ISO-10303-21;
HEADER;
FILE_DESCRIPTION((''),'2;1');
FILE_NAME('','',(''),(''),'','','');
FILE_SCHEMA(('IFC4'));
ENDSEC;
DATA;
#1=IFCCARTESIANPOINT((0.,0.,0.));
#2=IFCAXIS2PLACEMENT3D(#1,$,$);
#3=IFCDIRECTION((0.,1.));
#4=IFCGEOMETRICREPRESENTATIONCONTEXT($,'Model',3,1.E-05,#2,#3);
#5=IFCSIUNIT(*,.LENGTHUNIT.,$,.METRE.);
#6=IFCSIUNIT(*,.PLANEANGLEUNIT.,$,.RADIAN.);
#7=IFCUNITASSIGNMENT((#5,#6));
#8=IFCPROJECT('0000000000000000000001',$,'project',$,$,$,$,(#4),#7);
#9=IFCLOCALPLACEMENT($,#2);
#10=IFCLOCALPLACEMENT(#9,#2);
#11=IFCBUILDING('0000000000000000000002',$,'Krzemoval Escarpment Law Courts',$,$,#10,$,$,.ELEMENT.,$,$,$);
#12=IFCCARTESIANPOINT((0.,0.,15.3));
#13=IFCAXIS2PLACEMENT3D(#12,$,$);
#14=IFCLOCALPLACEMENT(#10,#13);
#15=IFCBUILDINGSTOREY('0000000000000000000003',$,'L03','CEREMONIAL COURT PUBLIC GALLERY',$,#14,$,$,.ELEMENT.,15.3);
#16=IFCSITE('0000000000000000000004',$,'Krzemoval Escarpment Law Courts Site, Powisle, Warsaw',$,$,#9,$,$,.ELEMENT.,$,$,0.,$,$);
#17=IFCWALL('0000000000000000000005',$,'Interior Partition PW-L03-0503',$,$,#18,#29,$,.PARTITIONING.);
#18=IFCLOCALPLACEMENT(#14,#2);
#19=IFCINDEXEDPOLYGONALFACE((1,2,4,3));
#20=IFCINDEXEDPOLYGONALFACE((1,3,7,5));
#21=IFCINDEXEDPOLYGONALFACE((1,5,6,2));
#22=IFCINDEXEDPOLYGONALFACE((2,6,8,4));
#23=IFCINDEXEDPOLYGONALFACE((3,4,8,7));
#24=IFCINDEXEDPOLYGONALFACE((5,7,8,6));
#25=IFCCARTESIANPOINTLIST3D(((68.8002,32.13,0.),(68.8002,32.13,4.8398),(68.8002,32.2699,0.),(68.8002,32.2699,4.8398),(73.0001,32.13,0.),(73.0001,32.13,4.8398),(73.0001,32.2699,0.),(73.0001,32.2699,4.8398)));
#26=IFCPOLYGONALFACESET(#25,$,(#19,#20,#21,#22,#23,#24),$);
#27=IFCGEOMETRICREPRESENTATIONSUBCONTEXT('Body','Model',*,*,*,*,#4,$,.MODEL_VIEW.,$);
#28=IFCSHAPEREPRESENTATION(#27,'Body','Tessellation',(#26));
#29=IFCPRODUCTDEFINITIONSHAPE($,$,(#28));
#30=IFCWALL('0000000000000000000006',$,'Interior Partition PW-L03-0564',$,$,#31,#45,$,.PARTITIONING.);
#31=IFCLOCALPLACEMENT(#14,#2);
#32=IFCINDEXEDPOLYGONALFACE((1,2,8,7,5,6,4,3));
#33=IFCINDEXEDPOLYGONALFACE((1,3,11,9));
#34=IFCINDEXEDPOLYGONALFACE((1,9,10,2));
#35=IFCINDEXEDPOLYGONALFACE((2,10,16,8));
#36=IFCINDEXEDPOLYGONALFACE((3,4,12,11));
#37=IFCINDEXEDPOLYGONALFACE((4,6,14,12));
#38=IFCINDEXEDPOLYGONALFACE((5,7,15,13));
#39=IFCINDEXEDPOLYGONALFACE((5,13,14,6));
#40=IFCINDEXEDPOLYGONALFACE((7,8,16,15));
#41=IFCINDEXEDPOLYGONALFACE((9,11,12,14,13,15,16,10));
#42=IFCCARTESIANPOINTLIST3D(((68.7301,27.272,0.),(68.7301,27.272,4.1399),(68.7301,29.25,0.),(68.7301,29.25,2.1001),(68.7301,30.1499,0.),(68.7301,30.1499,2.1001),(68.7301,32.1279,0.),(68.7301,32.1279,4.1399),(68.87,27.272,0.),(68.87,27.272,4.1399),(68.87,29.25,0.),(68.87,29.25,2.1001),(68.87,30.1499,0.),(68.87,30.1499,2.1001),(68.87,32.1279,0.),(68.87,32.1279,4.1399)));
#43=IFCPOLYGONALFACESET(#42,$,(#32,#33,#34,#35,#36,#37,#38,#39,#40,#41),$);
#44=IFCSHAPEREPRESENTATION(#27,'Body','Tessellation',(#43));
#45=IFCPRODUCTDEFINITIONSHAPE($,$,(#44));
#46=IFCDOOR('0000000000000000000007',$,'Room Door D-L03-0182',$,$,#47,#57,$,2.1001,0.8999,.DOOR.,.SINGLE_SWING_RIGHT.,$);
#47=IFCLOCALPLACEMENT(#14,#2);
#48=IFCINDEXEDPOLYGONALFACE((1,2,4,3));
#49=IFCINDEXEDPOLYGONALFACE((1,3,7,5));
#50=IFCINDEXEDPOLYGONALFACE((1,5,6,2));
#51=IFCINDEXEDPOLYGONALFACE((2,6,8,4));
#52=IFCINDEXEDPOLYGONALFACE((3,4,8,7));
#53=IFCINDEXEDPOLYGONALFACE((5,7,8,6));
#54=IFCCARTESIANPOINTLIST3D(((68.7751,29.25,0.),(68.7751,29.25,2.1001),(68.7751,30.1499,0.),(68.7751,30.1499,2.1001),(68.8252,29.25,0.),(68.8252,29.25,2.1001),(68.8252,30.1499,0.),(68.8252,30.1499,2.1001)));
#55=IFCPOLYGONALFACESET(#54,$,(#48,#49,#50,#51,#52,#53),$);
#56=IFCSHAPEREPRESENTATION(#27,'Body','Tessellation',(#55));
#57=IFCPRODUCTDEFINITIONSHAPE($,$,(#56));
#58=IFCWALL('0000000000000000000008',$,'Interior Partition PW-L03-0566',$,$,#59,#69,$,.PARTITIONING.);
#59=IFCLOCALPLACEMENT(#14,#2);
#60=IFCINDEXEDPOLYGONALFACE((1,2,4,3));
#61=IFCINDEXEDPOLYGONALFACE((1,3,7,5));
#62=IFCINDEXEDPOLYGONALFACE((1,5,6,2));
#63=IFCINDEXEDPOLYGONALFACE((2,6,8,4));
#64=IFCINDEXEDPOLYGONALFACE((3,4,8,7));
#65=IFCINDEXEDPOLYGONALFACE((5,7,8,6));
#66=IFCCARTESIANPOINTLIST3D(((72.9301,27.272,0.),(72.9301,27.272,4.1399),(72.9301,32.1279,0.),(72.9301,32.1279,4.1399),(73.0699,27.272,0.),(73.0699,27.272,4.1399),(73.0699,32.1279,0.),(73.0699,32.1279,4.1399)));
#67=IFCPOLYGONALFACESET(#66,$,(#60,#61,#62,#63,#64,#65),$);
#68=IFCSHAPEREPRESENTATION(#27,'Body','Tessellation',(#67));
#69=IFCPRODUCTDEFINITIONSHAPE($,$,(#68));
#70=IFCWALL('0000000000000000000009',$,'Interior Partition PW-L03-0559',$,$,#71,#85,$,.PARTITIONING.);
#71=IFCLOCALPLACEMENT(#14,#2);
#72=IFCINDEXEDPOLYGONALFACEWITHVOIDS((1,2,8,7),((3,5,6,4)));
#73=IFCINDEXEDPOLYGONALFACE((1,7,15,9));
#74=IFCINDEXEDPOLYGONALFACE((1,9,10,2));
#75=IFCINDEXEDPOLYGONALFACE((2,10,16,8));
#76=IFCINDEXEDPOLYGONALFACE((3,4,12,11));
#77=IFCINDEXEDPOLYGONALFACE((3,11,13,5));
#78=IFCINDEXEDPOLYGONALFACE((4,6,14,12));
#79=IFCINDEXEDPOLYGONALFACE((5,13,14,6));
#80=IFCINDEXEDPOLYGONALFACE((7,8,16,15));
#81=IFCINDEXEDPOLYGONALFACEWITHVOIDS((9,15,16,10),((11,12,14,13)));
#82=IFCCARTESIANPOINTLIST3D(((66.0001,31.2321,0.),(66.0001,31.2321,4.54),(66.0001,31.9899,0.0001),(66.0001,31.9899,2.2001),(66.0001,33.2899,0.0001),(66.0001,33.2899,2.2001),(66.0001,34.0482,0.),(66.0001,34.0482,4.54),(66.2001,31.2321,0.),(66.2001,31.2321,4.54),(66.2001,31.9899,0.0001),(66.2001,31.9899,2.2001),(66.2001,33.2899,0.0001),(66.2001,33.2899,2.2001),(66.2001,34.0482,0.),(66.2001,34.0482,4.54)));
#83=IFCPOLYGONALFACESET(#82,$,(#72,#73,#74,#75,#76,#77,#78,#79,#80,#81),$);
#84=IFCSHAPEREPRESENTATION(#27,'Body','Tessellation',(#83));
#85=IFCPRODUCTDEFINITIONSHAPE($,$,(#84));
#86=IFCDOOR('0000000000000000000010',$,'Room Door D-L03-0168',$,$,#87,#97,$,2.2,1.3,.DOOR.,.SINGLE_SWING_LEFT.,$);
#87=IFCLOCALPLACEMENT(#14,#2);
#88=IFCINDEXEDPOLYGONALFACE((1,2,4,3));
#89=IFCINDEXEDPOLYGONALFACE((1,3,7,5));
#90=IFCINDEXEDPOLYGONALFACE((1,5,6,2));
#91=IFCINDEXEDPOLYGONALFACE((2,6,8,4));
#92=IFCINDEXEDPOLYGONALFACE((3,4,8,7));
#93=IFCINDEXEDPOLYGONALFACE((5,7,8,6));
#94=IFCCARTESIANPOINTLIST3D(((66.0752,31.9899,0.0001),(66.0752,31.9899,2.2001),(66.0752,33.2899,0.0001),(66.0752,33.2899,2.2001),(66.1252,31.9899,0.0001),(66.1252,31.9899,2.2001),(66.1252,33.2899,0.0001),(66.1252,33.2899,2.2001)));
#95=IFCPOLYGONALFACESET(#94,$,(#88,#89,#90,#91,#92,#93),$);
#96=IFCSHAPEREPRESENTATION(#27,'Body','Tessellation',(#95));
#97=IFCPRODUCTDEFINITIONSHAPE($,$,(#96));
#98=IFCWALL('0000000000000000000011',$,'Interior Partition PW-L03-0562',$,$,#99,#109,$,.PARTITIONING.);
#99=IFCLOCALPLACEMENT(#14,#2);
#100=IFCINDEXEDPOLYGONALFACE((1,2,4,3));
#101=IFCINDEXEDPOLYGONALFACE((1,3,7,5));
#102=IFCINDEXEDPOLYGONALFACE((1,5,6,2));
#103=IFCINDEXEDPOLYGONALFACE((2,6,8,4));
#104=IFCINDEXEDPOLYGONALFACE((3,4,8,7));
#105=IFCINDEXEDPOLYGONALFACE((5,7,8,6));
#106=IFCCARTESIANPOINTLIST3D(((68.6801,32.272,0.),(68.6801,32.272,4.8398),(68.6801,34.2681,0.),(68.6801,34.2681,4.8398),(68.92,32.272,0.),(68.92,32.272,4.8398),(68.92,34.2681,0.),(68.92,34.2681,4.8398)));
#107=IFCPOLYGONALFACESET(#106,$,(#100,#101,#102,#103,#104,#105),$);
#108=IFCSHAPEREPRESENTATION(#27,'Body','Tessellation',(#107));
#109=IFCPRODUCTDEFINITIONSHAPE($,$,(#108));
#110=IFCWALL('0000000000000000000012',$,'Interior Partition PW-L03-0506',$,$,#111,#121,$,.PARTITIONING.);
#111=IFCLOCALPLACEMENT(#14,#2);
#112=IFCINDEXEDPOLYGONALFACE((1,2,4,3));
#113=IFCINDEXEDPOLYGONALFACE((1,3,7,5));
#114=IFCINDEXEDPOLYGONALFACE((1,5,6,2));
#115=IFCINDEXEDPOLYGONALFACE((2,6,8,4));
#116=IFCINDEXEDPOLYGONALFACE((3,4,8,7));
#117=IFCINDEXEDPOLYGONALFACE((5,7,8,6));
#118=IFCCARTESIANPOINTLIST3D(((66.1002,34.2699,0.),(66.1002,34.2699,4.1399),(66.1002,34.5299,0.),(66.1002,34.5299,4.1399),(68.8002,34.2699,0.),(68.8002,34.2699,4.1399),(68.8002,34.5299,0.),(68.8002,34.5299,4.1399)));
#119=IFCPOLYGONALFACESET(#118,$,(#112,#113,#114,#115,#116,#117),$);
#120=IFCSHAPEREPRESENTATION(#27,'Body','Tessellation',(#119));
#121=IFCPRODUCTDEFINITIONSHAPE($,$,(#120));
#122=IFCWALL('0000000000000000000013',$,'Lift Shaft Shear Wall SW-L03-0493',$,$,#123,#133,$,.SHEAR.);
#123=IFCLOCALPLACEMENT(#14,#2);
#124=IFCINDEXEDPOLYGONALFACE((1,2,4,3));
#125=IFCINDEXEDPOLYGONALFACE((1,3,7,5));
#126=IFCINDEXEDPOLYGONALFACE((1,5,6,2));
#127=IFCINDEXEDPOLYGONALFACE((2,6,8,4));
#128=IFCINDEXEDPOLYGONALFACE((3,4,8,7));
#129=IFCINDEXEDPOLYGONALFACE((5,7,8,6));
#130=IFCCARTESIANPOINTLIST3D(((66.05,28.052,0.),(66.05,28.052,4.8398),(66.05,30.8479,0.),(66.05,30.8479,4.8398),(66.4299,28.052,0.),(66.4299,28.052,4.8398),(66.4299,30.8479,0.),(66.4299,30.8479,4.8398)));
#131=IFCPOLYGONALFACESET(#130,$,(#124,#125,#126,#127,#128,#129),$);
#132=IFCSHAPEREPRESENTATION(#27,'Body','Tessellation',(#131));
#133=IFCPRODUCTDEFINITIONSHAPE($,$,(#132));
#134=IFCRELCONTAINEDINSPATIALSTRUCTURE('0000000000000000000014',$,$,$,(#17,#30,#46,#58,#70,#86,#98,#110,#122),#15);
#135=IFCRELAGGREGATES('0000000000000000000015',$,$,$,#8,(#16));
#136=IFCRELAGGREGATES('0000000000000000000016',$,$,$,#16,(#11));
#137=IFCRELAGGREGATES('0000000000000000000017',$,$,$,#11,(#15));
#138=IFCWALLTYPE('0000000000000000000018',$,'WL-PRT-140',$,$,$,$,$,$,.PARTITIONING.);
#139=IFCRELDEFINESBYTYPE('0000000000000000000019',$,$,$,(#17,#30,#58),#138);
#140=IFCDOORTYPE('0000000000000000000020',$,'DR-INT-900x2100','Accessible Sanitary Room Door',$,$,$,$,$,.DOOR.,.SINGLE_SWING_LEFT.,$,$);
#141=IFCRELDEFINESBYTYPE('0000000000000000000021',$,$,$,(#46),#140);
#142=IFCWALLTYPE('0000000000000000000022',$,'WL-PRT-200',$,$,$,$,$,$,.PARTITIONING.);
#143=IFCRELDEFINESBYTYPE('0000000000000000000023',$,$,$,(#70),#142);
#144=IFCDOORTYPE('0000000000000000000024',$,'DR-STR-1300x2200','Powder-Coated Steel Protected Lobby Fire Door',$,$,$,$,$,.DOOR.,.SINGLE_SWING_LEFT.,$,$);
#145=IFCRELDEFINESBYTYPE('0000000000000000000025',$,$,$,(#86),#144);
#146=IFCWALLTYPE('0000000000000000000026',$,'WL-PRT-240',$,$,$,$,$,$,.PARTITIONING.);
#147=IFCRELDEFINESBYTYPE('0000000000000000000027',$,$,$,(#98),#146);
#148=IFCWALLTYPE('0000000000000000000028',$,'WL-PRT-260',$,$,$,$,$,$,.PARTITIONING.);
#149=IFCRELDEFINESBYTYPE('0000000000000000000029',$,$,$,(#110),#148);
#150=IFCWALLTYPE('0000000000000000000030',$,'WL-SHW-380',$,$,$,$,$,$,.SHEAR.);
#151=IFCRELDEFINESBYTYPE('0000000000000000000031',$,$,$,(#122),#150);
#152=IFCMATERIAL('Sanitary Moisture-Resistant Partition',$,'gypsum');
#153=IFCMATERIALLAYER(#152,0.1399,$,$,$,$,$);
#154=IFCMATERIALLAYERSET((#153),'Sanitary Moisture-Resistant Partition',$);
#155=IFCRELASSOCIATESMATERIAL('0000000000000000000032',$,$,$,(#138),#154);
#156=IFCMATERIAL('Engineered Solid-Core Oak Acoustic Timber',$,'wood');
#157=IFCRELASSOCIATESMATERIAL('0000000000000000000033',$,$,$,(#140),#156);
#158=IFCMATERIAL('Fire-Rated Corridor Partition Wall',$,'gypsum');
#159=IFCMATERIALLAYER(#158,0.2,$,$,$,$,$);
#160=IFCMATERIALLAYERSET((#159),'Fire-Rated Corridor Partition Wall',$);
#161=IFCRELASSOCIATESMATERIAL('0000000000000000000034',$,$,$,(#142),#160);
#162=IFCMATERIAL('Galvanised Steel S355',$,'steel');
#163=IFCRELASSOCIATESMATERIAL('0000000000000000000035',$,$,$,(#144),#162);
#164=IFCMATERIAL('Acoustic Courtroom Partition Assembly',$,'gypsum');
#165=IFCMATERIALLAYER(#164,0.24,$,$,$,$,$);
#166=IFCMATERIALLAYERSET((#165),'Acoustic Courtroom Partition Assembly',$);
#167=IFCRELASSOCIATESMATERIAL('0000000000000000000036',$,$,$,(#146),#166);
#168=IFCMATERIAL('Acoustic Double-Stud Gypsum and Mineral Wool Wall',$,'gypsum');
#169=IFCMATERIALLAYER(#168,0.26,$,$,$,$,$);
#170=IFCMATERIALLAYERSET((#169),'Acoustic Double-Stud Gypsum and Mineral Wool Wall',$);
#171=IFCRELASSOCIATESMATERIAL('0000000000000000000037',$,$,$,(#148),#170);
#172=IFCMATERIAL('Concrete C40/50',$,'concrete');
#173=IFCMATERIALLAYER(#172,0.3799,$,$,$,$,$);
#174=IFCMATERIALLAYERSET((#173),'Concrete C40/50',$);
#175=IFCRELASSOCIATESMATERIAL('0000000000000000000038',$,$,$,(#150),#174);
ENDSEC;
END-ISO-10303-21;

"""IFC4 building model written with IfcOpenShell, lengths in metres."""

from ifc_helpers import new_model, si_unit, direction, frame, frame_2d, origin, place, context, subcontext, project, spatial, rectangle, extrude, material, layer, layer_set, type_object, element, fill, save


model = new_model("IFC4")

# Units and contexts
model_context = context("Model", 3, precision=1e-05, world=origin(), true_north=direction((0.0, 1.0)))
body_context = subcontext(model_context, "Body", "Model", "MODEL_VIEW")
ifc_project = project(units=[si_unit("LENGTHUNIT", "METRE"), si_unit("PLANEANGLEUNIT", "RADIAN")], contexts=[model_context])

# Site, building, storey
site_placement = place(None, origin())
site = spatial("IfcSite", under=ifc_project, at=site_placement, Name="Krzemoval Escarpment Law Courts Site, Powisle, Warsaw", CompositionType="ELEMENT", RefElevation=0.0)
building_placement = place(site_placement, origin())
building = spatial("IfcBuilding", under=site, at=building_placement, Name="Krzemoval Escarpment Law Courts", CompositionType="ELEMENT")
storey_placement = place(building_placement, frame((0.0, 0.0, 15.3)))
storey = spatial("IfcBuildingStorey", under=building, at=storey_placement, Name="L03", Description="CEREMONIAL COURT PUBLIC GALLERY", CompositionType="ELEMENT", Elevation=15.3)

# Wall
ifc_material_1 = material(Name="Sanitary Moisture-Resistant Partition", Category="gypsum")
ifc_layer_1 = layer(ifc_material_1, 0.1399)
ifc_layer_set_1 = layer_set([ifc_layer_1], Name="Sanitary Moisture-Resistant Partition")
wall_type_1 = type_object("IfcWallType", Name="WL-PRT-140", PredefinedType="PARTITIONING", material=ifc_layer_set_1)
wall_1_placement = place(storey_placement, frame((68.8, 32.2, 0.0), z_axis=(0.0, 0.0, 1.0), x_axis=(1.0, 0.0, 0.0)))
element("IfcWall", 1, at=wall_1_placement, inside=storey, type_object=wall_type_1, Name="Interior Partition PW-L03-0503", PredefinedType="PARTITIONING", context=body_context, shape_type="SweptSolid", body=[
    extrude(rectangle(XDim=4.2, YDim=0.1399, at=frame_2d((2.1001, 0.0))), origin(), (0.0, 0.0, 1.0), 4.8398),
])

# Wall, opening, door
wall_2_placement = place(storey_placement, frame((68.8, 27.272, 0.0), z_axis=(0.0, 0.0, 1.0), x_axis=(0.0, 1.0, 0.0)))
wall_2 = element("IfcWall", 2, at=wall_2_placement, inside=storey, type_object=wall_type_1, Name="Interior Partition PW-L03-0564", PredefinedType="PARTITIONING", context=body_context, shape_type="SweptSolid", body=[
    extrude(rectangle(XDim=4.856, YDim=0.1399, at=frame_2d((2.428, 0.0))), origin(), (0.0, 0.0, 1.0), 4.1399),
])
opening_1_placement = place(wall_2_placement, frame((1.978, 0.0, 0.0)))
opening_1 = element("IfcOpeningElement", 3, at=opening_1_placement, cuts=wall_2, PredefinedType="OPENING", context=body_context, shape_type="SweptSolid", body=[
    extrude(rectangle(XDim=0.8999, YDim=2.1001, at=frame_2d((0.45, 1.05))), frame((0.0, 0.0849, 0.0), z_axis=(0.0, -1.0, 0.0), x_axis=(1.0, 0.0, 0.0)), (0.0, 0.0, 1.0), 0.1699),
])
ifc_material_2 = material(Name="Engineered Solid-Core Oak Acoustic Timber", Category="wood")
door_type_1 = type_object("IfcDoorType", Name="DR-INT-900x2100", Description="Accessible Sanitary Room Door", OperationType="SINGLE_SWING_LEFT", PredefinedType="DOOR", material=ifc_material_2)
door_1_placement = place(opening_1_placement, origin())
door_1 = element("IfcDoor", 4, at=door_1_placement, inside=storey, type_object=door_type_1, Name="Room Door D-L03-0182", OperationType="SINGLE_SWING_RIGHT", OverallHeight=2.1001, OverallWidth=0.8999, PredefinedType="DOOR", context=body_context, shape_type="SweptSolid", body=[
    extrude(rectangle(XDim=0.8999, YDim=2.1001, at=frame_2d((0.45, 1.05))), frame((0.0, 0.0249, 0.0), z_axis=(0.0, -1.0, 0.0), x_axis=(1.0, 0.0, 0.0)), (0.0, 0.0, 1.0), 0.05),
])
fill(opening_1, door_1)

# Wall
wall_3_placement = place(storey_placement, frame((73.0, 27.272, 0.0), z_axis=(0.0, 0.0, 1.0), x_axis=(0.0, 1.0, 0.0)))
element("IfcWall", 5, at=wall_3_placement, inside=storey, type_object=wall_type_1, Name="Interior Partition PW-L03-0566", PredefinedType="PARTITIONING", context=body_context, shape_type="SweptSolid", body=[
    extrude(rectangle(XDim=4.856, YDim=0.1399, at=frame_2d((2.428, 0.0))), origin(), (0.0, 0.0, 1.0), 4.1399),
])

# Wall, opening, door
ifc_material_3 = material(Name="Fire-Rated Corridor Partition Wall", Category="gypsum")
ifc_layer_2 = layer(ifc_material_3, 0.2)
ifc_layer_set_2 = layer_set([ifc_layer_2], Name="Fire-Rated Corridor Partition Wall")
wall_type_2 = type_object("IfcWallType", Name="WL-PRT-200", PredefinedType="PARTITIONING", material=ifc_layer_set_2)
wall_4_placement = place(storey_placement, frame((66.1001, 31.2319, 0.0), z_axis=(0.0, 0.0, 1.0), x_axis=(0.0, 1.0, 0.0)))
wall_4 = element("IfcWall", 6, at=wall_4_placement, inside=storey, type_object=wall_type_2, Name="Interior Partition PW-L03-0559", PredefinedType="PARTITIONING", context=body_context, shape_type="SweptSolid", body=[
    extrude(rectangle(XDim=2.8162, YDim=0.2, at=frame_2d((1.4082, 0.0))), origin(), (0.0, 0.0, 1.0), 4.54),
])
opening_2_placement = place(wall_4_placement, frame((0.7581, 0.0, 0.0)))
opening_2 = element("IfcOpeningElement", 7, at=opening_2_placement, cuts=wall_4, PredefinedType="OPENING", context=body_context, shape_type="SweptSolid", body=[
    extrude(rectangle(XDim=1.3, YDim=2.2, at=frame_2d((0.6499, 1.1001))), frame((0.0, 0.115, 0.0), z_axis=(0.0, -1.0, 0.0), x_axis=(1.0, 0.0, 0.0)), (0.0, 0.0, 1.0), 0.2299),
])
ifc_material_4 = material(Name="Galvanised Steel S355", Category="steel")
door_type_2 = type_object("IfcDoorType", Name="DR-STR-1300x2200", Description="Powder-Coated Steel Protected Lobby Fire Door", OperationType="SINGLE_SWING_LEFT", PredefinedType="DOOR", material=ifc_material_4)
door_2_placement = place(opening_2_placement, origin())
door_2 = element("IfcDoor", 8, at=door_2_placement, inside=storey, type_object=door_type_2, Name="Room Door D-L03-0168", OperationType="SINGLE_SWING_LEFT", OverallHeight=2.2, OverallWidth=1.3, PredefinedType="DOOR", context=body_context, shape_type="SweptSolid", body=[
    extrude(rectangle(XDim=1.3, YDim=2.2, at=frame_2d((0.6499, 1.1001))), frame((0.0, 0.0249, 0.0), z_axis=(0.0, -1.0, 0.0), x_axis=(1.0, 0.0, 0.0)), (0.0, 0.0, 1.0), 0.05),
])
fill(opening_2, door_2)

# Walls
ifc_material_5 = material(Name="Acoustic Courtroom Partition Assembly", Category="gypsum")
ifc_layer_3 = layer(ifc_material_5, 0.24)
ifc_layer_set_3 = layer_set([ifc_layer_3], Name="Acoustic Courtroom Partition Assembly")
wall_type_3 = type_object("IfcWallType", Name="WL-PRT-240", PredefinedType="PARTITIONING", material=ifc_layer_set_3)
wall_5_placement = place(storey_placement, frame((68.8, 32.272, 0.0), z_axis=(0.0, 0.0, 1.0), x_axis=(0.0, 1.0, 0.0)))
element("IfcWall", 9, at=wall_5_placement, inside=storey, type_object=wall_type_3, Name="Interior Partition PW-L03-0562", PredefinedType="PARTITIONING", context=body_context, shape_type="SweptSolid", body=[
    extrude(rectangle(XDim=1.9961, YDim=0.24, at=frame_2d((0.998, 0.0))), origin(), (0.0, 0.0, 1.0), 4.8398),
])
ifc_material_6 = material(Name="Acoustic Double-Stud Gypsum and Mineral Wool Wall", Category="gypsum")
ifc_layer_4 = layer(ifc_material_6, 0.26)
ifc_layer_set_4 = layer_set([ifc_layer_4], Name="Acoustic Double-Stud Gypsum and Mineral Wool Wall")
wall_type_4 = type_object("IfcWallType", Name="WL-PRT-260", PredefinedType="PARTITIONING", material=ifc_layer_set_4)
wall_6_placement = place(storey_placement, frame((66.1001, 34.3999, 0.0), z_axis=(0.0, 0.0, 1.0), x_axis=(1.0, 0.0, 0.0)))
element("IfcWall", 10, at=wall_6_placement, inside=storey, type_object=wall_type_4, Name="Interior Partition PW-L03-0506", PredefinedType="PARTITIONING", context=body_context, shape_type="SweptSolid", body=[
    extrude(rectangle(XDim=2.7, YDim=0.26, at=frame_2d((1.3501, 0.0))), origin(), (0.0, 0.0, 1.0), 4.1399),
])
ifc_material_7 = material(Name="Concrete C40/50", Category="concrete")
ifc_layer_5 = layer(ifc_material_7, 0.3799)
ifc_layer_set_5 = layer_set([ifc_layer_5], Name="Concrete C40/50")
wall_type_5 = type_object("IfcWallType", Name="WL-SHW-380", PredefinedType="SHEAR", material=ifc_layer_set_5)
wall_7_placement = place(storey_placement, frame((66.24, 28.052, 0.0), z_axis=(0.0, 0.0, 1.0), x_axis=(0.0, 1.0, 0.0)))
element("IfcWall", 11, at=wall_7_placement, inside=storey, type_object=wall_type_5, Name="Lift Shaft Shear Wall SW-L03-0493", PredefinedType="SHEAR", context=body_context, shape_type="SweptSolid", body=[
    extrude(rectangle(XDim=2.7959, YDim=0.3799, at=frame_2d((1.3979, 0.0))), origin(), (0.0, 0.0, 1.0), 4.8398),
])

save(model, "model.ifc")
